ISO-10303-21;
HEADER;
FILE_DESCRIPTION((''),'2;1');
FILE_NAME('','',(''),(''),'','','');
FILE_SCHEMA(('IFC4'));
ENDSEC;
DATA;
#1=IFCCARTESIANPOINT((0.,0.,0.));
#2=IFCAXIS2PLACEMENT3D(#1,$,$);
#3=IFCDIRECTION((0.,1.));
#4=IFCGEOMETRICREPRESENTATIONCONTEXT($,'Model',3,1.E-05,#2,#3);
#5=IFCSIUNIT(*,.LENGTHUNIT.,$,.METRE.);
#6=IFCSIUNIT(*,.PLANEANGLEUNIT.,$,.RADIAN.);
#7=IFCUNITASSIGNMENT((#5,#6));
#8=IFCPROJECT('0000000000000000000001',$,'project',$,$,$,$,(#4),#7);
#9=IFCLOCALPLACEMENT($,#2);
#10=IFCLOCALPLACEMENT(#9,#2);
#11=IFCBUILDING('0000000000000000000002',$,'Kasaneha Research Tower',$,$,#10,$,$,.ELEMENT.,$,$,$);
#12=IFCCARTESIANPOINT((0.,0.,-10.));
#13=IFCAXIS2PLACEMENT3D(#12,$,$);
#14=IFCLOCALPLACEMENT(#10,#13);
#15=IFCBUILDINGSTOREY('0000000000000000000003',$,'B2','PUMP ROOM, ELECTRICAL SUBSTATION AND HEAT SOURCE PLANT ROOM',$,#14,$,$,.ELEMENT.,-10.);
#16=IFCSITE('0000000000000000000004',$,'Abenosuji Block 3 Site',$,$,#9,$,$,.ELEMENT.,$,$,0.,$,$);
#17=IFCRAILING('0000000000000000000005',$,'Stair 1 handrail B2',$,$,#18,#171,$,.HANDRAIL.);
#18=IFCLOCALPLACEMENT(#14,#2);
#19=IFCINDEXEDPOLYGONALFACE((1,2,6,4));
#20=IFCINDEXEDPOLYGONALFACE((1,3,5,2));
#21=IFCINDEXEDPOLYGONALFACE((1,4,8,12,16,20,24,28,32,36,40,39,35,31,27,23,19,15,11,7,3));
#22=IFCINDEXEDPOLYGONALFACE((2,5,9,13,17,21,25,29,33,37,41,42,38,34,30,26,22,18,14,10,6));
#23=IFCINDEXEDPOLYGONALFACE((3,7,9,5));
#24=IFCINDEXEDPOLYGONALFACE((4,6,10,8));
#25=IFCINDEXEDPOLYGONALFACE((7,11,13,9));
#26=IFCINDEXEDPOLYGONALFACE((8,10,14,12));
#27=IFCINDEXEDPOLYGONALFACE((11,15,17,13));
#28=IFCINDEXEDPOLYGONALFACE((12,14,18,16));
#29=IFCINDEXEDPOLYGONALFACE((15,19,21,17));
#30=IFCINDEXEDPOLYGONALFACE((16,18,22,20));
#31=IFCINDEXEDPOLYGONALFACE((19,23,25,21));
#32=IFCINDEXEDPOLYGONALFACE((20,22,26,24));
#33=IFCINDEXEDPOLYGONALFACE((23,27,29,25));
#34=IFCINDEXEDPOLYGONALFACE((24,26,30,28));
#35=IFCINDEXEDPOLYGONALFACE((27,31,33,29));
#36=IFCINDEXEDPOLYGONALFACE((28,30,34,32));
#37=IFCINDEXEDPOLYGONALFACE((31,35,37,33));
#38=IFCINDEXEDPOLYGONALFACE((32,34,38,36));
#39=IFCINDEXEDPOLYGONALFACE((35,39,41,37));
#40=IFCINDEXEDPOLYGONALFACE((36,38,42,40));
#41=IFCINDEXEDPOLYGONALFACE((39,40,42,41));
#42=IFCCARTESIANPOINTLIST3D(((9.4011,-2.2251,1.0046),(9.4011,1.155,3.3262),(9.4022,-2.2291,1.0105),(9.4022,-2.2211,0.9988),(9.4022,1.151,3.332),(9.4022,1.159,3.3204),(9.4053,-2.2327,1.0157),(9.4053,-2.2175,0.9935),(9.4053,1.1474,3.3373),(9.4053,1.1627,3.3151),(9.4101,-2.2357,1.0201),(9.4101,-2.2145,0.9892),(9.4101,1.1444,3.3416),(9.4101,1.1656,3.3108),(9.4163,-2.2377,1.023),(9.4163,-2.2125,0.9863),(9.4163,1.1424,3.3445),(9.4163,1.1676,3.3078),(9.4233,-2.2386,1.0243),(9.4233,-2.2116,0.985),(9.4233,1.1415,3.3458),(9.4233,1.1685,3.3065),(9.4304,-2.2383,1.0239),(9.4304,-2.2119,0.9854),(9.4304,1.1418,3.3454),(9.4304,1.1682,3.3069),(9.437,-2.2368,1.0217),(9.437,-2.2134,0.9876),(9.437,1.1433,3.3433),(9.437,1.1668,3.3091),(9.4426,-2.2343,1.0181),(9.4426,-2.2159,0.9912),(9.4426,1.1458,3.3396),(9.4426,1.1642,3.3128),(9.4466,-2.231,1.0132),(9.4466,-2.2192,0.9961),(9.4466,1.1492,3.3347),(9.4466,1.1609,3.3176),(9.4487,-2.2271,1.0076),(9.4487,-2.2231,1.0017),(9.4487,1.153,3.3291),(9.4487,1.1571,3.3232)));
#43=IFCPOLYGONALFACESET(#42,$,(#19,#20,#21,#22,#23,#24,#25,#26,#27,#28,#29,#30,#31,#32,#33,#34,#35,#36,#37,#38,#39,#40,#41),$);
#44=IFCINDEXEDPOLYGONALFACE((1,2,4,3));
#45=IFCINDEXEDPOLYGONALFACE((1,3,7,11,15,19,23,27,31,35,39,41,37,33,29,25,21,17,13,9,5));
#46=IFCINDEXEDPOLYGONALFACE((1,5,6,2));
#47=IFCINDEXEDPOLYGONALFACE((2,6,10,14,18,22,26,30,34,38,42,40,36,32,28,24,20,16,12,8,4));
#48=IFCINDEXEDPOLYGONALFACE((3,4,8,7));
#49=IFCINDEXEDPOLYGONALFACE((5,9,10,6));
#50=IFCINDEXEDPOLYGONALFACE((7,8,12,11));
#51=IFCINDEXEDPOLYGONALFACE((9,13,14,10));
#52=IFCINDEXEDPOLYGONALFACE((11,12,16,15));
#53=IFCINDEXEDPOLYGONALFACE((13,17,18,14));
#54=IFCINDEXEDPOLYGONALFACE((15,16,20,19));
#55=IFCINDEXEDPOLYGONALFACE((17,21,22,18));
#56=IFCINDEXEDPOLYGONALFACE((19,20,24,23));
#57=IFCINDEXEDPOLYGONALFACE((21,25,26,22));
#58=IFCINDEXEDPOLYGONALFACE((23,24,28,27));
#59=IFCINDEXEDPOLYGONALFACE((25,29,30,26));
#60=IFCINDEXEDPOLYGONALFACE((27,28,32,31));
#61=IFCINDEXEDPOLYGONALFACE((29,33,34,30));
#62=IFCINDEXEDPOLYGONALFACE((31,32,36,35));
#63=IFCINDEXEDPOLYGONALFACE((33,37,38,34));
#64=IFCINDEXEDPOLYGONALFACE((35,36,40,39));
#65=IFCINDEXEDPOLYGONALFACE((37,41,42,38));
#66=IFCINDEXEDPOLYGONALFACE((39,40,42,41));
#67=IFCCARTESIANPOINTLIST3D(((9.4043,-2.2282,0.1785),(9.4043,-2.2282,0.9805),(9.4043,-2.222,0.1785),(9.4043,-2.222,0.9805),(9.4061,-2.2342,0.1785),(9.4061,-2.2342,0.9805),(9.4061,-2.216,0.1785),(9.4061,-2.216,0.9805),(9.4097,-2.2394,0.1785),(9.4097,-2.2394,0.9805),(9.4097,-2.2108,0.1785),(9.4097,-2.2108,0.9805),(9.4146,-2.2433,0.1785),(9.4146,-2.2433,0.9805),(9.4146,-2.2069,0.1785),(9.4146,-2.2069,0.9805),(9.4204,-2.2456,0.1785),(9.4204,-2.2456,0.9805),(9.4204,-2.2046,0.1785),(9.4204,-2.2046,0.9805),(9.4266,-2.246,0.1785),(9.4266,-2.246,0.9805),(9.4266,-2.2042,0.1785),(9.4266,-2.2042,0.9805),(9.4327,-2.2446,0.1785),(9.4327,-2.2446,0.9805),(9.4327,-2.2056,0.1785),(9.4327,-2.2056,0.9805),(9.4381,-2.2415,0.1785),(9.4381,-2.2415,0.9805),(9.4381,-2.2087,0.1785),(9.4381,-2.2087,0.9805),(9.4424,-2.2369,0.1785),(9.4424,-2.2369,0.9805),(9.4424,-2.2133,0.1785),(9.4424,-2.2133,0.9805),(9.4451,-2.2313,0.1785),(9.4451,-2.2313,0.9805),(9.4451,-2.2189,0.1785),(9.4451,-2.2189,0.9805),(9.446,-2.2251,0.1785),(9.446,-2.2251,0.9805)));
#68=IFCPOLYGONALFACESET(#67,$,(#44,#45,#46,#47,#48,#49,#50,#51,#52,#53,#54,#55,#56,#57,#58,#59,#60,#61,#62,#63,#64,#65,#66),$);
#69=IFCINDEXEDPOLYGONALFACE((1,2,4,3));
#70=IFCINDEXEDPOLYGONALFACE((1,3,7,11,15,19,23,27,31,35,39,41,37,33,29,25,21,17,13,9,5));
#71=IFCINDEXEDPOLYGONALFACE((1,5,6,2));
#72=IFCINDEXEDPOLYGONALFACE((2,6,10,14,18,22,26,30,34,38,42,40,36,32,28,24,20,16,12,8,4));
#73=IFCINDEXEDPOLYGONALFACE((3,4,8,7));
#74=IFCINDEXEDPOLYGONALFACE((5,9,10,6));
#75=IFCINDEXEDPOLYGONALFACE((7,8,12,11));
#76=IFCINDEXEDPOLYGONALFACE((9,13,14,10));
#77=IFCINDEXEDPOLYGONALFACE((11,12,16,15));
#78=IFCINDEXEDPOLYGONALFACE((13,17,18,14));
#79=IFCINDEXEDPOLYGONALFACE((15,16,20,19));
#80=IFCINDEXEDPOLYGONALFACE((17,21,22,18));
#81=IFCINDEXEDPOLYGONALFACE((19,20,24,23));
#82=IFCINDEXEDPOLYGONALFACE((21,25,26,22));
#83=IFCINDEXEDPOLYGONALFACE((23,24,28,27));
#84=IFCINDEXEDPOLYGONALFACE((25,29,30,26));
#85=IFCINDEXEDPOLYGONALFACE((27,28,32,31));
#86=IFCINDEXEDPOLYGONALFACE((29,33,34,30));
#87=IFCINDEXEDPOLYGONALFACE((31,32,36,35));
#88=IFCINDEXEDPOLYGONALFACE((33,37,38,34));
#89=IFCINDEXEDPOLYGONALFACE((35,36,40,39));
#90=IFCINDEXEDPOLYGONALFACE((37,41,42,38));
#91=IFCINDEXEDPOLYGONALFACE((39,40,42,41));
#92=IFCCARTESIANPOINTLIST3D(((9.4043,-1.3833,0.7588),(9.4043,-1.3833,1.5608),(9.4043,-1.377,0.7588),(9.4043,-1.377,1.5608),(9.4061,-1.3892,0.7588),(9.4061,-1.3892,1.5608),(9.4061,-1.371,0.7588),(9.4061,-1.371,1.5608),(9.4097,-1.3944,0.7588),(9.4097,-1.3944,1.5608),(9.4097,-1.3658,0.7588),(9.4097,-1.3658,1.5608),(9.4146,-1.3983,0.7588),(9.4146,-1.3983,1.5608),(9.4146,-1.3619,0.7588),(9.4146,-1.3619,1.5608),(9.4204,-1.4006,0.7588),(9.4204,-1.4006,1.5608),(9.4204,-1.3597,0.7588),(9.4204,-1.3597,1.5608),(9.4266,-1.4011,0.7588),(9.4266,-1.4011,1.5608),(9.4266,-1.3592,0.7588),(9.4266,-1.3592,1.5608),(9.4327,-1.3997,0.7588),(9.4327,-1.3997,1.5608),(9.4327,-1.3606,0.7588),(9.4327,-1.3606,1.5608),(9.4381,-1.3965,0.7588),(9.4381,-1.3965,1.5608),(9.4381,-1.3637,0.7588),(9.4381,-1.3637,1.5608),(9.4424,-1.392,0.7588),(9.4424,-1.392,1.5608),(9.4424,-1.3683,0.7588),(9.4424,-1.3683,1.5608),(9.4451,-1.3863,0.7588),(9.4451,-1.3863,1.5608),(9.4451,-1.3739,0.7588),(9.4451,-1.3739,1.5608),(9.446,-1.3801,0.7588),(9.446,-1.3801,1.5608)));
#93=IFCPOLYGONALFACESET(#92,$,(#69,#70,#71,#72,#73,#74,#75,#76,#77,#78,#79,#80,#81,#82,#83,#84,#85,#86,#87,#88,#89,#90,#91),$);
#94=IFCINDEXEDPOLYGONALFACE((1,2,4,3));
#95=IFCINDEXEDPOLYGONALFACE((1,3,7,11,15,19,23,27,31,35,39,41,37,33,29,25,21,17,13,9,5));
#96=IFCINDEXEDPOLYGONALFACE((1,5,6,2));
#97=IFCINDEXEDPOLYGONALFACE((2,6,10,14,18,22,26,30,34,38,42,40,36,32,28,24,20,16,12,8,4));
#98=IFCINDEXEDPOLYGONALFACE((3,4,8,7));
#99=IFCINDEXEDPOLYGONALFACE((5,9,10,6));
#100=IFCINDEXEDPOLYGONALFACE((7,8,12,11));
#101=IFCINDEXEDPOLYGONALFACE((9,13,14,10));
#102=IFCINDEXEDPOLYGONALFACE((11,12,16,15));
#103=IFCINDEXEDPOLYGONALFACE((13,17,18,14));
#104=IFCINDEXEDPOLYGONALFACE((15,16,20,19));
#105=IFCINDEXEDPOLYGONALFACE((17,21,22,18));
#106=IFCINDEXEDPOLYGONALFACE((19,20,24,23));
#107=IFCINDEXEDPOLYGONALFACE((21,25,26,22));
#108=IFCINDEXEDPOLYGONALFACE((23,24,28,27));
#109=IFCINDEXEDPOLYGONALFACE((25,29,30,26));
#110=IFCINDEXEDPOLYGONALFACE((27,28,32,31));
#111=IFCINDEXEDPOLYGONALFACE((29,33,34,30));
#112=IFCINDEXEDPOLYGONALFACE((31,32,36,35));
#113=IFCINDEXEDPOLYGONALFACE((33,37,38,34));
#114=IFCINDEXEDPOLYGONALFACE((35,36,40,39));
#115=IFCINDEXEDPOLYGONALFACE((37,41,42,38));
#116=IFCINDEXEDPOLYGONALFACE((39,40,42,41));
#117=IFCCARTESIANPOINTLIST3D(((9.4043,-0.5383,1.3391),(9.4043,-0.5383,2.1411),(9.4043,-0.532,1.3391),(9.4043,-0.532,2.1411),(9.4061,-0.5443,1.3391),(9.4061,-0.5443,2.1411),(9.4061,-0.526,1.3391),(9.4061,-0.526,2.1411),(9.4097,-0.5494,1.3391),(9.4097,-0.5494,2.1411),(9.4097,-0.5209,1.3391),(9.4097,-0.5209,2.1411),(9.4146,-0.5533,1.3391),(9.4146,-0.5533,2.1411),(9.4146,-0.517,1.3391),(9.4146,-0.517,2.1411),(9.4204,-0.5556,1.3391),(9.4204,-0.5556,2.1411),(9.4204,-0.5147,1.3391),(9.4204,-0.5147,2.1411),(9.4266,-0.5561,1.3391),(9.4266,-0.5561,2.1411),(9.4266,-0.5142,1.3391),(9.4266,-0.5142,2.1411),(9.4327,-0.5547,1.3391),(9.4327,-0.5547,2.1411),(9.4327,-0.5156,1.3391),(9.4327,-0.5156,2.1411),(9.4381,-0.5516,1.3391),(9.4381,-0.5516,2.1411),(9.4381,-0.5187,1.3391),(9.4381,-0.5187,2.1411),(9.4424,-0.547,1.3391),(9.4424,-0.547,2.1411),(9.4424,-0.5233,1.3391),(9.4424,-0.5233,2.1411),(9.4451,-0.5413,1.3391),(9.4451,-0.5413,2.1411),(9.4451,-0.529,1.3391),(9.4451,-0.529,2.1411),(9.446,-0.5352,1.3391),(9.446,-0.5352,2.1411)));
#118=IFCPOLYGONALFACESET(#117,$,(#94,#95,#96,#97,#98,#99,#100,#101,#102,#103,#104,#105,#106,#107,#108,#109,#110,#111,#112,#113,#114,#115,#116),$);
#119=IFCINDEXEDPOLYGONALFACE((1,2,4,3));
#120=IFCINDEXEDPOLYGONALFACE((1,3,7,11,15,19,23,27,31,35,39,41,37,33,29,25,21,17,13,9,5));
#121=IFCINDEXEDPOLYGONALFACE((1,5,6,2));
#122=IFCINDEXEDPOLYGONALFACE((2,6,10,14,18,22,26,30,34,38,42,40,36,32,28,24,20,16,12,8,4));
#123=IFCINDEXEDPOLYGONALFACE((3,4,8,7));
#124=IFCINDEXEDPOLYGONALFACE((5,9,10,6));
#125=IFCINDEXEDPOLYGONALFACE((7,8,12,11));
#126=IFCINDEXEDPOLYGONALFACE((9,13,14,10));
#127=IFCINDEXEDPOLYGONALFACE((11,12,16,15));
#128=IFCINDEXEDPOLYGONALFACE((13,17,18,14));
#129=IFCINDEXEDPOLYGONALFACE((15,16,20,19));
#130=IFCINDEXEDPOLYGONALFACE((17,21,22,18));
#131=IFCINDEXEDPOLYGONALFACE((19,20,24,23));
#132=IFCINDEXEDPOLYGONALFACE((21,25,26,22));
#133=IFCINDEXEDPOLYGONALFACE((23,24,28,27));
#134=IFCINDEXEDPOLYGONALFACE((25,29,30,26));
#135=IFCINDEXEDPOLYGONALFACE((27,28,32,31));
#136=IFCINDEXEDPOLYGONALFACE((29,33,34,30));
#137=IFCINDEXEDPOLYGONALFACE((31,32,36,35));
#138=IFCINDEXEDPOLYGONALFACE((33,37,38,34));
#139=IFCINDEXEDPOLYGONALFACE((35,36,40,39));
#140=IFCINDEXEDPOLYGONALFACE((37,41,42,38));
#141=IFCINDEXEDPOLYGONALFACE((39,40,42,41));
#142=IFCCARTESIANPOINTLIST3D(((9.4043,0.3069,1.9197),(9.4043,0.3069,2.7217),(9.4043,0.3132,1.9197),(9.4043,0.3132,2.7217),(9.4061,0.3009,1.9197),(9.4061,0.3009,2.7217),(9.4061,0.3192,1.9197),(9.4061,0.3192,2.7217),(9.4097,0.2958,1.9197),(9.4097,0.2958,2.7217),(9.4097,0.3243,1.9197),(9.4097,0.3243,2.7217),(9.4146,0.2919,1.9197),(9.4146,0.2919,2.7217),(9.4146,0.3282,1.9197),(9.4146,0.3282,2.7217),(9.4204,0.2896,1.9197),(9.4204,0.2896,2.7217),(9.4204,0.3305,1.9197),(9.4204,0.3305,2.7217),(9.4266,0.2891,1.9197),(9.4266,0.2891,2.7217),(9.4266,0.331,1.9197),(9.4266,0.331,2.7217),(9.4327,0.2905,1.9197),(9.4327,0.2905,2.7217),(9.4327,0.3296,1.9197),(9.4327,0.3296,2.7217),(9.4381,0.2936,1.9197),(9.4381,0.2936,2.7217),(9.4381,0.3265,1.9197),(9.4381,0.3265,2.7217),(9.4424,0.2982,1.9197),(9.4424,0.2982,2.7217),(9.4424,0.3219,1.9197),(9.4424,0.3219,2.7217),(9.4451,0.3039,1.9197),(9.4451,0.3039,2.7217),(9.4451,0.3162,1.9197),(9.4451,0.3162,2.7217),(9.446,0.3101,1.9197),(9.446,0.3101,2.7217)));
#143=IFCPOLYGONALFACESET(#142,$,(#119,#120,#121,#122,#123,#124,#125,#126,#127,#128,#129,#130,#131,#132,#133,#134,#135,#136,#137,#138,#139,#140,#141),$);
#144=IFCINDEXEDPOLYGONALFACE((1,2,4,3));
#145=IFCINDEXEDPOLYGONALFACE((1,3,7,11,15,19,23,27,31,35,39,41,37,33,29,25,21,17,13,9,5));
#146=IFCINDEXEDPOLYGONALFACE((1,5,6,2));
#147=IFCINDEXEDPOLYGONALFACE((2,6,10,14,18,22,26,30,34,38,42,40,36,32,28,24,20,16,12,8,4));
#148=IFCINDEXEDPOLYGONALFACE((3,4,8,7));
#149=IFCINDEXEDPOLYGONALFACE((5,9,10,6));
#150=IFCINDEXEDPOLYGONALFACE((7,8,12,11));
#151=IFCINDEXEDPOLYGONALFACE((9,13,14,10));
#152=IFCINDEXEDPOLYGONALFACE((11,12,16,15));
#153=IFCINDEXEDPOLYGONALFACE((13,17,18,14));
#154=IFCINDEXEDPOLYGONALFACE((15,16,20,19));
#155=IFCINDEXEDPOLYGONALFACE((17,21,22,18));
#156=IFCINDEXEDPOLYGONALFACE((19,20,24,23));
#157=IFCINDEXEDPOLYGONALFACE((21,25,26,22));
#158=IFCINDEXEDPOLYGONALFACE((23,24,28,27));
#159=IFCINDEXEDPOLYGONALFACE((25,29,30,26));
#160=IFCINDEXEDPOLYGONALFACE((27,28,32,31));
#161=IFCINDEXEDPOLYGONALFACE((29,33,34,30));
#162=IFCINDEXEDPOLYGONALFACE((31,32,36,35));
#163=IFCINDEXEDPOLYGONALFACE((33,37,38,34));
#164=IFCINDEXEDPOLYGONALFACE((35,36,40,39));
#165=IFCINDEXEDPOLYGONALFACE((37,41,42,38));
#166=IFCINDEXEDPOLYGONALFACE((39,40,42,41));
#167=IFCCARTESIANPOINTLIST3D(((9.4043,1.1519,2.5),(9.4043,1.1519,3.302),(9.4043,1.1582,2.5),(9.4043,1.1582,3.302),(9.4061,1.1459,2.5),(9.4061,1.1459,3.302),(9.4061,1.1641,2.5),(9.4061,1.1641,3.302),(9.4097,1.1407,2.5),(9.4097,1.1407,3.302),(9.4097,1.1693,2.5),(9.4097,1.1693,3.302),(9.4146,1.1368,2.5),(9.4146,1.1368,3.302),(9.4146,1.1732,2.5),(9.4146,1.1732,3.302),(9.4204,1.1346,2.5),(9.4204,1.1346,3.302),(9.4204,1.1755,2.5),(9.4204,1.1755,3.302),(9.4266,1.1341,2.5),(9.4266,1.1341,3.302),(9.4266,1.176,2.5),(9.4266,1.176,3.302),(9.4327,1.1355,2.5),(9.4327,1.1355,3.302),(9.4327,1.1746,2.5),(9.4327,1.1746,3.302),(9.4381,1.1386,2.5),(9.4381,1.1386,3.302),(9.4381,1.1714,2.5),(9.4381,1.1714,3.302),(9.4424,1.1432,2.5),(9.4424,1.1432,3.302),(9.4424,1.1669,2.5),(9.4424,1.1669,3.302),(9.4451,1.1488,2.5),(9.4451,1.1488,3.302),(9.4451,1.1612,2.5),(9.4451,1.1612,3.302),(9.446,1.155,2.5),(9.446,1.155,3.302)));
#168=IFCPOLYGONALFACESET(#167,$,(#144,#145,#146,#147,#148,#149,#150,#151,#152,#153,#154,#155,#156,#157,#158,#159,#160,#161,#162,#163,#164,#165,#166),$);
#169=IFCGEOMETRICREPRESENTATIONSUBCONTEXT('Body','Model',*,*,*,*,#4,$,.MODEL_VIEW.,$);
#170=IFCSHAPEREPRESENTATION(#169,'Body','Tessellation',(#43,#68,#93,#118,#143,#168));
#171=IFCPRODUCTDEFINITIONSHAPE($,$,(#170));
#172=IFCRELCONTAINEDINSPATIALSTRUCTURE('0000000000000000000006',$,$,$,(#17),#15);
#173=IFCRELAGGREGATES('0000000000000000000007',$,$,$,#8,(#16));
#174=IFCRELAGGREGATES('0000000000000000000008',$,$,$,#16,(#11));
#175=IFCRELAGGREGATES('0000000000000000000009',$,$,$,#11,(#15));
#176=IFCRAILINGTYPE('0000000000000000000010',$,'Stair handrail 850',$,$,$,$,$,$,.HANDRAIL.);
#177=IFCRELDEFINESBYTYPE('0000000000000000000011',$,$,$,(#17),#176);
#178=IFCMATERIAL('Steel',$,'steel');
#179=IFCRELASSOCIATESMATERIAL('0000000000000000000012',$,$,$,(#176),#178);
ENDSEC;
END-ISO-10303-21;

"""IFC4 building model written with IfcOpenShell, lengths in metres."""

from ifc_helpers import new_model, si_unit, direction, frame, origin, origin_2d, place, context, subcontext, project, spatial, circle, extrude, material, type_object, element, save


model = new_model("IFC4")

# Units and contexts
model_context = context("Model", 3, precision=1e-05, world=origin(), true_north=direction((0.0, 1.0)))
body_context = subcontext(model_context, "Body", "Model", "MODEL_VIEW")
ifc_project = project(units=[si_unit("LENGTHUNIT", "METRE"), si_unit("PLANEANGLEUNIT", "RADIAN")], contexts=[model_context])

# Site, building, storey
site_placement = place(None, origin())
site = spatial("IfcSite", under=ifc_project, at=site_placement, Name="Abenosuji Block 3 Site", CompositionType="ELEMENT", RefElevation=0.0)
building_placement = place(site_placement, origin())
building = spatial("IfcBuilding", under=site, at=building_placement, Name="Kasaneha Research Tower", CompositionType="ELEMENT")
storey_placement = place(building_placement, frame((0.0, 0.0, -10.0)))
storey = spatial("IfcBuildingStorey", under=building, at=storey_placement, Name="B2", Description="PUMP ROOM, ELECTRICAL SUBSTATION AND HEAT SOURCE PLANT ROOM", CompositionType="ELEMENT", Elevation=-10.0)

# Railing
ifc_material_1 = material(Name="Steel", Category="steel")
railing_type = type_object("IfcRailingType", Name="Stair handrail 850", PredefinedType="HANDRAIL", material=ifc_material_1)
railing_placement = place(storey_placement, frame((9.425, -2.2251, 0.1785)))
element("IfcRailing", 1, at=railing_placement, inside=storey, type_object=railing_type, Name="Stair 1 handrail B2", PredefinedType="HANDRAIL", context=body_context, shape_type="SweptSolid", body=[
    extrude(circle(Radius=0.0239, at=origin_2d()), frame((0.0, 0.0, 0.8262), z_axis=(0.0, 0.824304, 0.566147), x_axis=(-1.0, 0.0, 0.0)), (0.0, 0.0, 1.0), 4.1006),
    extrude(circle(Radius=0.021, at=origin_2d()), origin(), (0.0, 0.0, 1.0), 0.802),
    extrude(circle(Radius=0.021, at=origin_2d()), frame((0.0, 0.845, 0.5803)), (0.0, 0.0, 1.0), 0.802),
    extrude(circle(Radius=0.021, at=origin_2d()), frame((0.0, 1.6899, 1.1606)), (0.0, 0.0, 1.0), 0.802),
    extrude(circle(Radius=0.021, at=origin_2d()), frame((0.0, 2.5352, 1.7412)), (0.0, 0.0, 1.0), 0.802),
    extrude(circle(Radius=0.021, at=origin_2d()), frame((0.0, 3.3801, 2.3215)), (0.0, 0.0, 1.0), 0.802),
])

save(model, "model.ifc")
